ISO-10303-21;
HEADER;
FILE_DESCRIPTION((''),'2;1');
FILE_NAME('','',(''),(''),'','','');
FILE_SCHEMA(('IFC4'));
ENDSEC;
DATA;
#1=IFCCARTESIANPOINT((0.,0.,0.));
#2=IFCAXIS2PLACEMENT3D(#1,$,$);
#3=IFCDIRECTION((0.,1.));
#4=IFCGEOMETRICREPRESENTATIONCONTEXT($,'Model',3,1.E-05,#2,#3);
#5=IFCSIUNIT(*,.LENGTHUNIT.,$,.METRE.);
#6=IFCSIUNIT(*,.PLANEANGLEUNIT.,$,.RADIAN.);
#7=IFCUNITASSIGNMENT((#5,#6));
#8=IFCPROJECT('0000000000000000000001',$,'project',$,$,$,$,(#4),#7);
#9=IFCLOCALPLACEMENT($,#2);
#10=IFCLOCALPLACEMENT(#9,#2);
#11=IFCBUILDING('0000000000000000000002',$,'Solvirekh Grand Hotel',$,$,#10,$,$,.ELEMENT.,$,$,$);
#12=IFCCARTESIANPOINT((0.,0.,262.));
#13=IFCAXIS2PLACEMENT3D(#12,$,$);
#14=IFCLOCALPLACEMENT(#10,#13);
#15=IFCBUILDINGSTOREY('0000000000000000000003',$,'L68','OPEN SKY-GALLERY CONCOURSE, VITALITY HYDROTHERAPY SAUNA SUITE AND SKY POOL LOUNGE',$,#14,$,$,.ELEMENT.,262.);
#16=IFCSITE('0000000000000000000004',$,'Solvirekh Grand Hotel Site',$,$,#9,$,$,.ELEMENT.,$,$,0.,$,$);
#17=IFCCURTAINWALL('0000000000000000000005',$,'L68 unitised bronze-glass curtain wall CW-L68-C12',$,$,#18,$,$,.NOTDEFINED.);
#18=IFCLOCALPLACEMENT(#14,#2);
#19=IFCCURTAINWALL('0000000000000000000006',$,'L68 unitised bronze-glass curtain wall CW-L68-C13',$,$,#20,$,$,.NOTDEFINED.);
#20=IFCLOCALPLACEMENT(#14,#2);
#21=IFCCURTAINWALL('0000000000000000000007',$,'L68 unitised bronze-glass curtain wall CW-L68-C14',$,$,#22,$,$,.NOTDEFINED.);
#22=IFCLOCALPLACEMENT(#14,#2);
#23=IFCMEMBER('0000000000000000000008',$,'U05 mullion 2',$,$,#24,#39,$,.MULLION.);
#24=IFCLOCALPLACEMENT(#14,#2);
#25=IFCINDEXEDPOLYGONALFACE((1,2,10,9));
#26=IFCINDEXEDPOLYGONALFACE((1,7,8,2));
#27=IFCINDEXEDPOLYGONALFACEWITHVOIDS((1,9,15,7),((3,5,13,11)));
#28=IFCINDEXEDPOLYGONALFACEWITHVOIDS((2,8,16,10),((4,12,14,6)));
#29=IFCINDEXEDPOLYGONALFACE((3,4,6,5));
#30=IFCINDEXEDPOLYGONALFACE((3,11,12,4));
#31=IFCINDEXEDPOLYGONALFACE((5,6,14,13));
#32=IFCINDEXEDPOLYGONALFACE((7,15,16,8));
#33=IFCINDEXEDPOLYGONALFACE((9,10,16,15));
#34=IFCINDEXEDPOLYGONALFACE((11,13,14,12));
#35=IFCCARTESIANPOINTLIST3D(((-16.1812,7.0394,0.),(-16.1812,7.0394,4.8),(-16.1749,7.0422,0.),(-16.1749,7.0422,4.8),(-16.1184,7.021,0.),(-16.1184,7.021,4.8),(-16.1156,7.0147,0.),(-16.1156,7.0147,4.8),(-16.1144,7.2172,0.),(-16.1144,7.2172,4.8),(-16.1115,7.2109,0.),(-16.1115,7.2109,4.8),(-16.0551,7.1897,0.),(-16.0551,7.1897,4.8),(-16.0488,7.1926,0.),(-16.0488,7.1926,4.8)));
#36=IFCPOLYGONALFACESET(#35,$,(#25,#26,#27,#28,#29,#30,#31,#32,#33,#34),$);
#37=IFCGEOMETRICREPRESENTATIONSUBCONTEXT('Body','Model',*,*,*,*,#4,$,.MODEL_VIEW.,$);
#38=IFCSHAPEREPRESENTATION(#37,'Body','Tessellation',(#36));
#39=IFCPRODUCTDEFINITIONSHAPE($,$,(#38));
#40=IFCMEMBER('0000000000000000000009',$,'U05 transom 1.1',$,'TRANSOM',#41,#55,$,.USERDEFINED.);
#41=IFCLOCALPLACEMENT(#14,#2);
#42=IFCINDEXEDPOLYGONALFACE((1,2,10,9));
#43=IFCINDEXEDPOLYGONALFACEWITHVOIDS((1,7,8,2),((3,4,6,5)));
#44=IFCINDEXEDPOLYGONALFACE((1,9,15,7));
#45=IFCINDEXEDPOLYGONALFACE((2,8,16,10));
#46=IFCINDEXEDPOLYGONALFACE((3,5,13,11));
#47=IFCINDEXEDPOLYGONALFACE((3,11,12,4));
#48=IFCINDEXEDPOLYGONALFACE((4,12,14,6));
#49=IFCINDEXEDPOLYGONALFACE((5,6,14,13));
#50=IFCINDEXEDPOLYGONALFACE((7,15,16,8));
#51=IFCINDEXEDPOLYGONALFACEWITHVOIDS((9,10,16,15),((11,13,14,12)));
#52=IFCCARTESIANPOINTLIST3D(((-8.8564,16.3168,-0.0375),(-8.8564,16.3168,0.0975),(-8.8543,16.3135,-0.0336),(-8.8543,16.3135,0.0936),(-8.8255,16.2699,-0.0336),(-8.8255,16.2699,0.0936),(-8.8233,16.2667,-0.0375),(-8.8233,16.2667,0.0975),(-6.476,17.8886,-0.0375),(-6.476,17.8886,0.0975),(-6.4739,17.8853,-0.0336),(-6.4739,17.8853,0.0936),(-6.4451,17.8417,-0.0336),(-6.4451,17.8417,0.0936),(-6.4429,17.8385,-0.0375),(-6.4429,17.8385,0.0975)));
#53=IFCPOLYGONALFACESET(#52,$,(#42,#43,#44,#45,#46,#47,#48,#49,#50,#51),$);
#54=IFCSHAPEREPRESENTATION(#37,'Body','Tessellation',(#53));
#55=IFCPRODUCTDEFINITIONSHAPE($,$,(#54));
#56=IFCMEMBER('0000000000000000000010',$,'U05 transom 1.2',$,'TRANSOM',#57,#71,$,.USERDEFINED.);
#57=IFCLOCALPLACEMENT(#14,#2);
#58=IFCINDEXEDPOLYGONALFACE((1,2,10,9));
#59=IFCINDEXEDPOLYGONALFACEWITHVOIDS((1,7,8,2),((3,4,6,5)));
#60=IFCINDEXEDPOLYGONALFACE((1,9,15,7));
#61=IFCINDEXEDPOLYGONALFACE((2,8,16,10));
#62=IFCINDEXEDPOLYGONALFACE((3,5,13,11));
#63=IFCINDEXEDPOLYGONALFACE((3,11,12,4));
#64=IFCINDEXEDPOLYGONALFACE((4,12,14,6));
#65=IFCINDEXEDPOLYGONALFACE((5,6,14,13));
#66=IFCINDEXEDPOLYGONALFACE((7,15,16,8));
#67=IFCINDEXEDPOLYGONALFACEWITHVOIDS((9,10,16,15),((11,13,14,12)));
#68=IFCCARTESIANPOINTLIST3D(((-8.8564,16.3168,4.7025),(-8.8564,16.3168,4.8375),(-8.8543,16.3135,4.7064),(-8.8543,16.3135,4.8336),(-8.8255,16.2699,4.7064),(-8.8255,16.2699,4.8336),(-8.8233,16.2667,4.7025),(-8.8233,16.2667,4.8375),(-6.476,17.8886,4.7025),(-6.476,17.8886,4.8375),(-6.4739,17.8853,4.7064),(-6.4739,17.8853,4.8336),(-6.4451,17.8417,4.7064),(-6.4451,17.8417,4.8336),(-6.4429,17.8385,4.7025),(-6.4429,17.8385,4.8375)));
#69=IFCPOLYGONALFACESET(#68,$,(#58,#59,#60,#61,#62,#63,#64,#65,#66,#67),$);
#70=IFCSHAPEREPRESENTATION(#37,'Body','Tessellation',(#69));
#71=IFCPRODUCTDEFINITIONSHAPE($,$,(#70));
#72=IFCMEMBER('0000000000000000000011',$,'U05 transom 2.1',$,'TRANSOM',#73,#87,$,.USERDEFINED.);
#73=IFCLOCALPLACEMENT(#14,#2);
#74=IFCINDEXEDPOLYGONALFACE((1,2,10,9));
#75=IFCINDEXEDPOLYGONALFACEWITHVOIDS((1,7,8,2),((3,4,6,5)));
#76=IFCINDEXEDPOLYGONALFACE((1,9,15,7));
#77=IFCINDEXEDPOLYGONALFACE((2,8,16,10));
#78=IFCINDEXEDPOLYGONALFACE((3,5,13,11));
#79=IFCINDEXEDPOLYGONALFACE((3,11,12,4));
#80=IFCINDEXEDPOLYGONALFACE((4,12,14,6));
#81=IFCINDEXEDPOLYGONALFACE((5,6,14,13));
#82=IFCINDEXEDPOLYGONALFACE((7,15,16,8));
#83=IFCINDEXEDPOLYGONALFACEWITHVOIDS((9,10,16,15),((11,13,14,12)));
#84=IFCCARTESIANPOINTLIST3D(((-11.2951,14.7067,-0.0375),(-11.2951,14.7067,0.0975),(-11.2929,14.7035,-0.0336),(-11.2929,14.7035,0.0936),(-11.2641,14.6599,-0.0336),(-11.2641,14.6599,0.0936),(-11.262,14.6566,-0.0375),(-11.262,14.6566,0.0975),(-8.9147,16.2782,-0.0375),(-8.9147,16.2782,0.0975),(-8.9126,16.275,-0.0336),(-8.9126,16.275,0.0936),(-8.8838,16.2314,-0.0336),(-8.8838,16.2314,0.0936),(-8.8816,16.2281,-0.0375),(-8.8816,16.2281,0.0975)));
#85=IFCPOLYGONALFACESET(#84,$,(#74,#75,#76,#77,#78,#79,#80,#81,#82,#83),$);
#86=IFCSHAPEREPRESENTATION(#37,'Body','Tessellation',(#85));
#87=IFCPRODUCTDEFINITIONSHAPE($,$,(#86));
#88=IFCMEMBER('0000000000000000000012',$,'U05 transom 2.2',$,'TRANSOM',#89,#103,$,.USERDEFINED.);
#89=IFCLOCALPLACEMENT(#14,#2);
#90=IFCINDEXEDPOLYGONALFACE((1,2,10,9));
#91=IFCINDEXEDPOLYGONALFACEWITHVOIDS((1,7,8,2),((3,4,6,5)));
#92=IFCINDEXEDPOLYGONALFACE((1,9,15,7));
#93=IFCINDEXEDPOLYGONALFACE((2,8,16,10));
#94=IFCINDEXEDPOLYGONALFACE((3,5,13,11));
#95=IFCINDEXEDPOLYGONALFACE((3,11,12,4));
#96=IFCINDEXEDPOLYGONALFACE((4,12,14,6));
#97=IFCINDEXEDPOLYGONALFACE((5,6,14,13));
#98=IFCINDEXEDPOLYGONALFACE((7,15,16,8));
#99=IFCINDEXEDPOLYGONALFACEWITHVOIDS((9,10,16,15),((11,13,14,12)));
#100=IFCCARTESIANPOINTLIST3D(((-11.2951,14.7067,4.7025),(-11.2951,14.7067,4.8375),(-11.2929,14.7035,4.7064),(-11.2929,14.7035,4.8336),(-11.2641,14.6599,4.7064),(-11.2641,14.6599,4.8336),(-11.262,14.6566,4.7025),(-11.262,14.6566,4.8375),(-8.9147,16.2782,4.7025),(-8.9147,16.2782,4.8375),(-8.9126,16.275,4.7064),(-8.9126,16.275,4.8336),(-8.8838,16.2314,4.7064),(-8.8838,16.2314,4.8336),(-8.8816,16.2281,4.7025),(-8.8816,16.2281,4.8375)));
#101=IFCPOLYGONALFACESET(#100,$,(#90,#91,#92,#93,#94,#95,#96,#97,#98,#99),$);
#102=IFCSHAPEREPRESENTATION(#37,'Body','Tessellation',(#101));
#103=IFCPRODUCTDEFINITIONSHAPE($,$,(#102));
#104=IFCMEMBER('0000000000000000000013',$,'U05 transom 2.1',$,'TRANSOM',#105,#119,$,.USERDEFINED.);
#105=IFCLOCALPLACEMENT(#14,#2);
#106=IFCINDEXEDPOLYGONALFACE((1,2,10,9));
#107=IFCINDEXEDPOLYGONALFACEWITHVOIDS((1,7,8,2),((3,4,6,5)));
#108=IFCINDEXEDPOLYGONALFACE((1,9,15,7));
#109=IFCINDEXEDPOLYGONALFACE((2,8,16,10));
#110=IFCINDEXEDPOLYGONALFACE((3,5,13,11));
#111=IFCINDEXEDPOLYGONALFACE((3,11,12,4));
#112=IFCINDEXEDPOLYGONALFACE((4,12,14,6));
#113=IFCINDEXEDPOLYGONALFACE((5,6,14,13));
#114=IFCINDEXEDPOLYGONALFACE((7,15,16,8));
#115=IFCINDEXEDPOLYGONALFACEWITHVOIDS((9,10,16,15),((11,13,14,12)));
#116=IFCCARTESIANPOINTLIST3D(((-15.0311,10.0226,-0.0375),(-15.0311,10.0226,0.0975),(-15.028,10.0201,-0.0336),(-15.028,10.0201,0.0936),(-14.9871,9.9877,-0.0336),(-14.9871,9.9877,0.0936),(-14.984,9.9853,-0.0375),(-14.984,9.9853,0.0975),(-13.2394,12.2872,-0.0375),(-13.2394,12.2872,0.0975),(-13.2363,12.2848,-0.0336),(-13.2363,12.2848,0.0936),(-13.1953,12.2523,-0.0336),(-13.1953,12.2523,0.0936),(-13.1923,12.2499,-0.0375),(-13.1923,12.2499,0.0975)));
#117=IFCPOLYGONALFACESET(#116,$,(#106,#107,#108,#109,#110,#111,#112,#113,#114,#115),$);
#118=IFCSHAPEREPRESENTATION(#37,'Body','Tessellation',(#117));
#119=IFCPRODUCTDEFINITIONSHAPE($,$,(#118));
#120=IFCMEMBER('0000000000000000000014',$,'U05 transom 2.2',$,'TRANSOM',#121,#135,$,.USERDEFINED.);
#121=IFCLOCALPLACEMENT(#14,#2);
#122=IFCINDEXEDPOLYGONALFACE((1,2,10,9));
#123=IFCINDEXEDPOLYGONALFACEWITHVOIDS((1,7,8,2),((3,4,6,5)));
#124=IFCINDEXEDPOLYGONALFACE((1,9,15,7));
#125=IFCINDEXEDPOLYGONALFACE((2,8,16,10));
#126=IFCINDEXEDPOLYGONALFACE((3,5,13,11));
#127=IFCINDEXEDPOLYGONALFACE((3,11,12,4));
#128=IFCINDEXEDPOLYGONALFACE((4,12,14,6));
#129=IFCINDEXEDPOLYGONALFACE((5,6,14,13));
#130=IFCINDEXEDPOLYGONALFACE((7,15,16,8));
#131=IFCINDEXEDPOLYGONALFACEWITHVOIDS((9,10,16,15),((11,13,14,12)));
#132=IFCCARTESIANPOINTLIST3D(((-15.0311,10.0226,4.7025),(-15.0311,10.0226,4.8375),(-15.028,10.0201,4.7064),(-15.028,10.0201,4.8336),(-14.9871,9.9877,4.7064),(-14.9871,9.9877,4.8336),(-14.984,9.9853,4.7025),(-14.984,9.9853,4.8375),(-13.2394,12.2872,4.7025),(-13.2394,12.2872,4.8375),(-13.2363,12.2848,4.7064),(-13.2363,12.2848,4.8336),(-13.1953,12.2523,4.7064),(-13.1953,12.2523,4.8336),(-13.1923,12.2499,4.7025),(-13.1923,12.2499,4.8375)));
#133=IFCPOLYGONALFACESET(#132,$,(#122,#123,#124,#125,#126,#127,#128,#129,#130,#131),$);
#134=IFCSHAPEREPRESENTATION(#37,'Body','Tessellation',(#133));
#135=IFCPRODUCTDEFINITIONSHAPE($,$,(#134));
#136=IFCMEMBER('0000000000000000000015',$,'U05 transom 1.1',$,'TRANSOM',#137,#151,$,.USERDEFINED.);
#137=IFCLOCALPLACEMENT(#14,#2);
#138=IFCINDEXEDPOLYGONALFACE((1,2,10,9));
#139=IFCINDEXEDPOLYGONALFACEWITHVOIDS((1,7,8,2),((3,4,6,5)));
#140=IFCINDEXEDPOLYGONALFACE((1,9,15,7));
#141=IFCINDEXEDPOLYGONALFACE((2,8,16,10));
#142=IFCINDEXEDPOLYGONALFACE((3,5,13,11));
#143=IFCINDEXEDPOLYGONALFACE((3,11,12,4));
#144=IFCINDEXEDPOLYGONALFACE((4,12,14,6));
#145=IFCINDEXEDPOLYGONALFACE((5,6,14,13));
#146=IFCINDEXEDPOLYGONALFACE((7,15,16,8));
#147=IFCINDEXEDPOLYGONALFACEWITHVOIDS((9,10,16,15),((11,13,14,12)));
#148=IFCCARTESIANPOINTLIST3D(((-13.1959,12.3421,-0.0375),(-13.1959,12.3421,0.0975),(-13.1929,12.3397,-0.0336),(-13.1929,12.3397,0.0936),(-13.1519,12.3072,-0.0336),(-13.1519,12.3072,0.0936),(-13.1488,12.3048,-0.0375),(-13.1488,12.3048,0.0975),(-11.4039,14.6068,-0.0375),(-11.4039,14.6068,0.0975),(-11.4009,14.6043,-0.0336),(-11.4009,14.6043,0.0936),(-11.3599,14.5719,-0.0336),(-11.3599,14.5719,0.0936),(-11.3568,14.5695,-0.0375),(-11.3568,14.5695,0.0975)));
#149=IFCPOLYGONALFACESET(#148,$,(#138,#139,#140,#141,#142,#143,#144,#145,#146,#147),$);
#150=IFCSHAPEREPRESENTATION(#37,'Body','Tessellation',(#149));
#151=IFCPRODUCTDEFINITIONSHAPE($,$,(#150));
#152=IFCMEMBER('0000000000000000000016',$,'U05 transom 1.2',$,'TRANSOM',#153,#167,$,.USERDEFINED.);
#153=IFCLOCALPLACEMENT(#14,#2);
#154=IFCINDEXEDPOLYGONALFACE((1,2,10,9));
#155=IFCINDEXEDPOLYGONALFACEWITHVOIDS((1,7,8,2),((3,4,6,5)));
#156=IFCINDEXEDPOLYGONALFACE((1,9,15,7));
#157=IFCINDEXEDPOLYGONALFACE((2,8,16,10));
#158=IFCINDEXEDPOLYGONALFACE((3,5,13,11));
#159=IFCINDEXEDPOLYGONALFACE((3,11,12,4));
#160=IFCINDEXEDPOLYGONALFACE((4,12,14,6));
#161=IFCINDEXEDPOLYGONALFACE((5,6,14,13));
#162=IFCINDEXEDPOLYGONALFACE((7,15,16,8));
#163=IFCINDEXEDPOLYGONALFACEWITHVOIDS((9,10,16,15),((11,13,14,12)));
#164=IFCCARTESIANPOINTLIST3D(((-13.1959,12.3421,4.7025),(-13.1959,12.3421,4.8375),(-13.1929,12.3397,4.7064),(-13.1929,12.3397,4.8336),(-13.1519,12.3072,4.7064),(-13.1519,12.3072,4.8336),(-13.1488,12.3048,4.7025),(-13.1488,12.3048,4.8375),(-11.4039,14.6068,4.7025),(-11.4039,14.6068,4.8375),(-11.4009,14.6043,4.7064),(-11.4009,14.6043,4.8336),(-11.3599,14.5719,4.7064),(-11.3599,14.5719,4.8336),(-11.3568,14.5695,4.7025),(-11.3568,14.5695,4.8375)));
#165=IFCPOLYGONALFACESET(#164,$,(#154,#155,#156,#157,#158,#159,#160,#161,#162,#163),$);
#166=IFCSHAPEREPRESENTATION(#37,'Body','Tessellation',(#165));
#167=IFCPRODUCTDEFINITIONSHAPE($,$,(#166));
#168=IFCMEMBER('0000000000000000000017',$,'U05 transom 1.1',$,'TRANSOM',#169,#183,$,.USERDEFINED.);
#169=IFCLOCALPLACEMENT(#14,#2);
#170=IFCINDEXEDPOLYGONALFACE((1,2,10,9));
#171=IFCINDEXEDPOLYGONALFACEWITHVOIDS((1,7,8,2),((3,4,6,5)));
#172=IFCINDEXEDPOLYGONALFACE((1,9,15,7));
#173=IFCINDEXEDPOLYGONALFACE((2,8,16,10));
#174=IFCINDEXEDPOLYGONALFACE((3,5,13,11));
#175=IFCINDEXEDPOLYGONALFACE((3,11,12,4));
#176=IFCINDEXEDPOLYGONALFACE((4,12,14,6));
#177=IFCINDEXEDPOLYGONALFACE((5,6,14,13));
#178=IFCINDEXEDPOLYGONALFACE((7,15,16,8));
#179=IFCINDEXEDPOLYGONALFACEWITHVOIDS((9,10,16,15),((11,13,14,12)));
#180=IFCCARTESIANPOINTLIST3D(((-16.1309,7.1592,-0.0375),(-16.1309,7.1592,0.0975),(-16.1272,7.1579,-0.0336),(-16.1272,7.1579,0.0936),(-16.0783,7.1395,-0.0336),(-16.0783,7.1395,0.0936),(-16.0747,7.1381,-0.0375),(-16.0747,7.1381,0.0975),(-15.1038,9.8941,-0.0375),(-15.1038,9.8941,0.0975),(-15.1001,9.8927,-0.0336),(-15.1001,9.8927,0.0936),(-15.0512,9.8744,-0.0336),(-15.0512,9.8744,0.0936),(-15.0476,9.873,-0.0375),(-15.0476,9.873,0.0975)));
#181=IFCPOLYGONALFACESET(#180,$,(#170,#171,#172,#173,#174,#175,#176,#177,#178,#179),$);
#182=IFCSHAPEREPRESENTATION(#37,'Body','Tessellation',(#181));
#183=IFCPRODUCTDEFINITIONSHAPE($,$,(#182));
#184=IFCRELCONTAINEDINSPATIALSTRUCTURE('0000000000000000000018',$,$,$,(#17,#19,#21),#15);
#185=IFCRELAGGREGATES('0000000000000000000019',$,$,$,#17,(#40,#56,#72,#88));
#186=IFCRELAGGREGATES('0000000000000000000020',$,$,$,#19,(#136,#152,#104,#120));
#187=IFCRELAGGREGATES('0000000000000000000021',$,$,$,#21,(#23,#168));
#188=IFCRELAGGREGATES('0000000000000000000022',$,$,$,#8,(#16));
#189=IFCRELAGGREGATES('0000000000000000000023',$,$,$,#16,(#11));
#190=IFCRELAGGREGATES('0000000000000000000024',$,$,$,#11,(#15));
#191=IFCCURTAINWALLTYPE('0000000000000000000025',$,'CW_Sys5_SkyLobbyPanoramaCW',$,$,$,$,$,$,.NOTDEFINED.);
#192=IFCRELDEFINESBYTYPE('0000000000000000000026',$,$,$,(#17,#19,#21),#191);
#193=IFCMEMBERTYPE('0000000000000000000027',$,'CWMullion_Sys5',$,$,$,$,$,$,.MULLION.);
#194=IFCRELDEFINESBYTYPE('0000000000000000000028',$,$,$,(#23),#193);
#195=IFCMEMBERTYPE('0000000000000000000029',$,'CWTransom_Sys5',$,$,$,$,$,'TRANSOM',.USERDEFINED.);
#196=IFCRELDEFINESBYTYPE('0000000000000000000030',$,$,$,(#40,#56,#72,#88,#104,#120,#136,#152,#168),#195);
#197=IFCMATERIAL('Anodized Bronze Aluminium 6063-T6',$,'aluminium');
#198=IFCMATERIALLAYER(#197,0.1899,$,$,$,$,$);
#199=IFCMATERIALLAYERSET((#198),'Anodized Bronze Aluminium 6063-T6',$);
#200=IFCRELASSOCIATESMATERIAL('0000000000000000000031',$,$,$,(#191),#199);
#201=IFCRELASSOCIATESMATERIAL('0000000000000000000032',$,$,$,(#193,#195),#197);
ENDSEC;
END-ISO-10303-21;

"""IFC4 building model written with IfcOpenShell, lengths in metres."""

from ifc_helpers import new_model, si_unit, direction, frame, origin, origin_2d, place, context, subcontext, project, spatial, hollow_rectangle, extrude, source, transform, mapped, material, layer, layer_set, material_profile, profile_set, type_object, element, aggregate, save


model = new_model("IFC4")

# Units and contexts
model_context = context("Model", 3, precision=1e-05, world=origin(), true_north=direction((0.0, 1.0)))
body_context = subcontext(model_context, "Body", "Model", "MODEL_VIEW")
ifc_project = project(units=[si_unit("LENGTHUNIT", "METRE"), si_unit("PLANEANGLEUNIT", "RADIAN")], contexts=[model_context])

# Site, building, storey
site_placement = place(None, origin())
site = spatial("IfcSite", under=ifc_project, at=site_placement, Name="Solvirekh Grand Hotel Site", CompositionType="ELEMENT", RefElevation=0.0)
building_placement = place(site_placement, origin())
building = spatial("IfcBuilding", under=site, at=building_placement, Name="Solvirekh Grand Hotel", CompositionType="ELEMENT")
storey_placement = place(building_placement, frame((0.0, 0.0, 262.0)))
storey = spatial("IfcBuildingStorey", under=building, at=storey_placement, Name="L68", Description="OPEN SKY-GALLERY CONCOURSE, VITALITY HYDROTHERAPY SAUNA SUITE AND SKY POOL LOUNGE", CompositionType="ELEMENT", Elevation=262.0)

# Shared definitions
ifc_material_1 = material(Name="Anodized Bronze Aluminium 6063-T6", Category="aluminium")
ifc_layer_1 = layer(ifc_material_1, 0.1899)
ifc_layer_set_1 = layer_set([ifc_layer_1], Name="Anodized Bronze Aluminium 6063-T6")
curtain_wall_type = type_object("IfcCurtainWallType", Name="CW_Sys5_SkyLobbyPanoramaCW", PredefinedType="NOTDEFINED", material=ifc_layer_set_1)
ifc_material_profile_1 = material_profile(ifc_material_1, hollow_rectangle(XDim=0.0701, YDim=0.1899, WallThickness=0.0049, at=origin_2d()), Name="ALU RHS 190X70X5")
ifc_profile_set_1 = profile_set([ifc_material_profile_1], Name="Anodized Bronze Aluminium 6063-T6")
member_type_1 = type_object("IfcMemberType", Name="CWMullion_Sys5", PredefinedType="MULLION", material=ifc_profile_set_1)
shared_shape_1 = source(origin(), body_context, "Body", "SweptSolid", [
    extrude(hollow_rectangle(XDim=0.0701, YDim=0.1899, WallThickness=0.0049, at=origin_2d()), origin(), (0.0, 0.0, 1.0), 4.8),
])

# Curtain walls, member
curtain_wall_1_placement = place(storey_placement, origin())
curtain_wall_1 = element("IfcCurtainWall", 1, at=curtain_wall_1_placement, inside=storey, type_object=curtain_wall_type, Name="L68 unitised bronze-glass curtain wall CW-L68-C12", PredefinedType="NOTDEFINED")
curtain_wall_2_placement = place(storey_placement, origin())
curtain_wall_2 = element("IfcCurtainWall", 2, at=curtain_wall_2_placement, inside=storey, type_object=curtain_wall_type, Name="L68 unitised bronze-glass curtain wall CW-L68-C13", PredefinedType="NOTDEFINED")
curtain_wall_3_placement = place(storey_placement, origin())
curtain_wall_3 = element("IfcCurtainWall", 3, at=curtain_wall_3_placement, inside=storey, type_object=curtain_wall_type, Name="L68 unitised bronze-glass curtain wall CW-L68-C14", PredefinedType="NOTDEFINED")
member_1_placement = place(storey_placement, frame((-16.115, 7.116, 0.0), z_axis=(0.0, 0.0, 1.0), x_axis=(0.936153, -0.351594, 0.0)))
member_1 = element("IfcMember", 4, at=member_1_placement, type_object=member_type_1, Name="U05 mullion 2", PredefinedType="MULLION", context=body_context, shape_type="MappedRepresentation", body=[
    mapped(shared_shape_1, transform((0.0, 0.0, 0.0), x_axis=(1.0, 0.0, 0.0), y_axis=(0.0, 1.0, 0.0), z_axis=(0.0, 0.0, 1.0), scale=1.0)),
])

# Members
ifc_material_profile_2 = material_profile(ifc_material_1, hollow_rectangle(XDim=0.0601, YDim=0.135, WallThickness=0.0039, at=origin_2d()), Name="ALU RHS 135X60X4")
ifc_profile_set_2 = profile_set([ifc_material_profile_2], Name="Anodized Bronze Aluminium 6063-T6")
member_type_2 = type_object("IfcMemberType", Name="CWTransom_Sys5", ElementType="TRANSOM", PredefinedType="USERDEFINED", material=ifc_profile_set_2)
shared_shape_2 = source(origin(), body_context, "Body", "SweptSolid", [
    extrude(hollow_rectangle(XDim=0.0601, YDim=0.135, WallThickness=0.0039, at=origin_2d()), origin(), (0.0, 0.0, 1.0), 2.8525),
])
member_2_placement = place(storey_placement, frame((-6.4595, 17.8635, 0.03), z_axis=(-0.834491, -0.551021, 0.0), x_axis=(0.551021, -0.834491, 0.0)))
member_2 = element("IfcMember", 5, at=member_2_placement, type_object=member_type_2, Name="U05 transom 1.1", ObjectType="TRANSOM", PredefinedType="USERDEFINED", context=body_context, shape_type="MappedRepresentation", body=[
    mapped(shared_shape_2, transform((0.0, 0.0, 0.0), x_axis=(1.0, 0.0, 0.0), y_axis=(0.0, 1.0, 0.0), z_axis=(0.0, 0.0, 1.0), scale=1.0)),
])
member_3_placement = place(storey_placement, frame((-6.4595, 17.8635, 4.77), z_axis=(-0.834491, -0.551021, 0.0), x_axis=(0.551021, -0.834491, 0.0)))
member_3 = element("IfcMember", 6, at=member_3_placement, type_object=member_type_2, Name="U05 transom 1.2", ObjectType="TRANSOM", PredefinedType="USERDEFINED", context=body_context, shape_type="MappedRepresentation", body=[
    mapped(shared_shape_2, transform((0.0, 0.0, 0.0), x_axis=(1.0, 0.0, 0.0), y_axis=(0.0, 1.0, 0.0), z_axis=(0.0, 0.0, 1.0), scale=1.0)),
])
shared_shape_3 = source(origin(), body_context, "Body", "SweptSolid", [
    extrude(hollow_rectangle(XDim=0.0601, YDim=0.135, WallThickness=0.0039, at=origin_2d()), origin(), (0.0, 0.0, 1.0), 2.8523),
])
member_4_placement = place(storey_placement, frame((-8.8982, 16.2532, 0.03), z_axis=(-0.834531, -0.550961, 0.0), x_axis=(0.550961, -0.834531, 0.0)))
member_4 = element("IfcMember", 7, at=member_4_placement, type_object=member_type_2, Name="U05 transom 2.1", ObjectType="TRANSOM", PredefinedType="USERDEFINED", context=body_context, shape_type="MappedRepresentation", body=[
    mapped(shared_shape_3, transform((0.0, 0.0, 0.0), x_axis=(1.0, 0.0, 0.0), y_axis=(0.0, 1.0, 0.0), z_axis=(0.0, 0.0, 1.0), scale=1.0)),
])
member_5_placement = place(storey_placement, frame((-8.8982, 16.2532, 4.77), z_axis=(-0.834531, -0.550961, 0.0), x_axis=(0.550961, -0.834531, 0.0)))
member_5 = element("IfcMember", 8, at=member_5_placement, type_object=member_type_2, Name="U05 transom 2.2", ObjectType="TRANSOM", PredefinedType="USERDEFINED", context=body_context, shape_type="MappedRepresentation", body=[
    mapped(shared_shape_3, transform((0.0, 0.0, 0.0), x_axis=(1.0, 0.0, 0.0), y_axis=(0.0, 1.0, 0.0), z_axis=(0.0, 0.0, 1.0), scale=1.0)),
])
shared_shape_4 = source(origin(), body_context, "Body", "SweptSolid", [
    extrude(hollow_rectangle(XDim=0.0601, YDim=0.135, WallThickness=0.0039, at=origin_2d()), origin(), (0.0, 0.0, 1.0), 2.8877),
])
member_6_placement = place(storey_placement, frame((-13.2158, 12.2686, 0.03), z_axis=(-0.620469, -0.784231, 0.0), x_axis=(0.784231, -0.620469, 0.0)))
member_6 = element("IfcMember", 9, at=member_6_placement, type_object=member_type_2, Name="U05 transom 2.1", ObjectType="TRANSOM", PredefinedType="USERDEFINED", context=body_context, shape_type="MappedRepresentation", body=[
    mapped(shared_shape_4, transform((0.0, 0.0, 0.0), x_axis=(1.0, 0.0, 0.0), y_axis=(0.0, 1.0, 0.0), z_axis=(0.0, 0.0, 1.0), scale=1.0)),
])
member_7_placement = place(storey_placement, frame((-13.2158, 12.2686, 4.77), z_axis=(-0.620469, -0.784231, 0.0), x_axis=(0.784231, -0.620469, 0.0)))
member_7 = element("IfcMember", 10, at=member_7_placement, type_object=member_type_2, Name="U05 transom 2.2", ObjectType="TRANSOM", PredefinedType="USERDEFINED", context=body_context, shape_type="MappedRepresentation", body=[
    mapped(shared_shape_4, transform((0.0, 0.0, 0.0), x_axis=(1.0, 0.0, 0.0), y_axis=(0.0, 1.0, 0.0), z_axis=(0.0, 0.0, 1.0), scale=1.0)),
])
shared_shape_5 = source(origin(), body_context, "Body", "SweptSolid", [
    extrude(hollow_rectangle(XDim=0.0601, YDim=0.135, WallThickness=0.0039, at=origin_2d()), origin(), (0.0, 0.0, 1.0), 2.8879),
])
member_8_placement = place(storey_placement, frame((-11.3804, 14.5881, 0.03), z_axis=(-0.620521, -0.78419, 0.0), x_axis=(0.78419, -0.620521, 0.0)))
member_8 = element("IfcMember", 11, at=member_8_placement, type_object=member_type_2, Name="U05 transom 1.1", ObjectType="TRANSOM", PredefinedType="USERDEFINED", context=body_context, shape_type="MappedRepresentation", body=[
    mapped(shared_shape_5, transform((0.0, 0.0, 0.0), x_axis=(1.0, 0.0, 0.0), y_axis=(0.0, 1.0, 0.0), z_axis=(0.0, 0.0, 1.0), scale=1.0)),
])
member_9_placement = place(storey_placement, frame((-11.3804, 14.5881, 4.77), z_axis=(-0.620521, -0.78419, 0.0), x_axis=(0.78419, -0.620521, 0.0)))
member_9 = element("IfcMember", 12, at=member_9_placement, type_object=member_type_2, Name="U05 transom 1.2", ObjectType="TRANSOM", PredefinedType="USERDEFINED", context=body_context, shape_type="MappedRepresentation", body=[
    mapped(shared_shape_5, transform((0.0, 0.0, 0.0), x_axis=(1.0, 0.0, 0.0), y_axis=(0.0, 1.0, 0.0), z_axis=(0.0, 0.0, 1.0), scale=1.0)),
])
shared_shape_6 = source(origin(), body_context, "Body", "SweptSolid", [
    extrude(hollow_rectangle(XDim=0.0601, YDim=0.135, WallThickness=0.0039, at=origin_2d()), origin(), (0.0, 0.0, 1.0), 2.9214),
])
member_10_placement = place(storey_placement, frame((-15.0757, 9.8835, 0.03), z_axis=(-0.351581, -0.936157, 0.0), x_axis=(0.936157, -0.351581, 0.0)))
member_10 = element("IfcMember", 13, at=member_10_placement, type_object=member_type_2, Name="U05 transom 1.1", ObjectType="TRANSOM", PredefinedType="USERDEFINED", context=body_context, shape_type="MappedRepresentation", body=[
    mapped(shared_shape_6, transform((0.0, 0.0, 0.0), x_axis=(1.0, 0.0, 0.0), y_axis=(0.0, 1.0, 0.0), z_axis=(0.0, 0.0, 1.0), scale=1.0)),
])

aggregate(curtain_wall_1, [member_2, member_3, member_4, member_5])
aggregate(curtain_wall_2, [member_8, member_9, member_6, member_7])
aggregate(curtain_wall_3, [member_1, member_10])

save(model, "model.ifc")
